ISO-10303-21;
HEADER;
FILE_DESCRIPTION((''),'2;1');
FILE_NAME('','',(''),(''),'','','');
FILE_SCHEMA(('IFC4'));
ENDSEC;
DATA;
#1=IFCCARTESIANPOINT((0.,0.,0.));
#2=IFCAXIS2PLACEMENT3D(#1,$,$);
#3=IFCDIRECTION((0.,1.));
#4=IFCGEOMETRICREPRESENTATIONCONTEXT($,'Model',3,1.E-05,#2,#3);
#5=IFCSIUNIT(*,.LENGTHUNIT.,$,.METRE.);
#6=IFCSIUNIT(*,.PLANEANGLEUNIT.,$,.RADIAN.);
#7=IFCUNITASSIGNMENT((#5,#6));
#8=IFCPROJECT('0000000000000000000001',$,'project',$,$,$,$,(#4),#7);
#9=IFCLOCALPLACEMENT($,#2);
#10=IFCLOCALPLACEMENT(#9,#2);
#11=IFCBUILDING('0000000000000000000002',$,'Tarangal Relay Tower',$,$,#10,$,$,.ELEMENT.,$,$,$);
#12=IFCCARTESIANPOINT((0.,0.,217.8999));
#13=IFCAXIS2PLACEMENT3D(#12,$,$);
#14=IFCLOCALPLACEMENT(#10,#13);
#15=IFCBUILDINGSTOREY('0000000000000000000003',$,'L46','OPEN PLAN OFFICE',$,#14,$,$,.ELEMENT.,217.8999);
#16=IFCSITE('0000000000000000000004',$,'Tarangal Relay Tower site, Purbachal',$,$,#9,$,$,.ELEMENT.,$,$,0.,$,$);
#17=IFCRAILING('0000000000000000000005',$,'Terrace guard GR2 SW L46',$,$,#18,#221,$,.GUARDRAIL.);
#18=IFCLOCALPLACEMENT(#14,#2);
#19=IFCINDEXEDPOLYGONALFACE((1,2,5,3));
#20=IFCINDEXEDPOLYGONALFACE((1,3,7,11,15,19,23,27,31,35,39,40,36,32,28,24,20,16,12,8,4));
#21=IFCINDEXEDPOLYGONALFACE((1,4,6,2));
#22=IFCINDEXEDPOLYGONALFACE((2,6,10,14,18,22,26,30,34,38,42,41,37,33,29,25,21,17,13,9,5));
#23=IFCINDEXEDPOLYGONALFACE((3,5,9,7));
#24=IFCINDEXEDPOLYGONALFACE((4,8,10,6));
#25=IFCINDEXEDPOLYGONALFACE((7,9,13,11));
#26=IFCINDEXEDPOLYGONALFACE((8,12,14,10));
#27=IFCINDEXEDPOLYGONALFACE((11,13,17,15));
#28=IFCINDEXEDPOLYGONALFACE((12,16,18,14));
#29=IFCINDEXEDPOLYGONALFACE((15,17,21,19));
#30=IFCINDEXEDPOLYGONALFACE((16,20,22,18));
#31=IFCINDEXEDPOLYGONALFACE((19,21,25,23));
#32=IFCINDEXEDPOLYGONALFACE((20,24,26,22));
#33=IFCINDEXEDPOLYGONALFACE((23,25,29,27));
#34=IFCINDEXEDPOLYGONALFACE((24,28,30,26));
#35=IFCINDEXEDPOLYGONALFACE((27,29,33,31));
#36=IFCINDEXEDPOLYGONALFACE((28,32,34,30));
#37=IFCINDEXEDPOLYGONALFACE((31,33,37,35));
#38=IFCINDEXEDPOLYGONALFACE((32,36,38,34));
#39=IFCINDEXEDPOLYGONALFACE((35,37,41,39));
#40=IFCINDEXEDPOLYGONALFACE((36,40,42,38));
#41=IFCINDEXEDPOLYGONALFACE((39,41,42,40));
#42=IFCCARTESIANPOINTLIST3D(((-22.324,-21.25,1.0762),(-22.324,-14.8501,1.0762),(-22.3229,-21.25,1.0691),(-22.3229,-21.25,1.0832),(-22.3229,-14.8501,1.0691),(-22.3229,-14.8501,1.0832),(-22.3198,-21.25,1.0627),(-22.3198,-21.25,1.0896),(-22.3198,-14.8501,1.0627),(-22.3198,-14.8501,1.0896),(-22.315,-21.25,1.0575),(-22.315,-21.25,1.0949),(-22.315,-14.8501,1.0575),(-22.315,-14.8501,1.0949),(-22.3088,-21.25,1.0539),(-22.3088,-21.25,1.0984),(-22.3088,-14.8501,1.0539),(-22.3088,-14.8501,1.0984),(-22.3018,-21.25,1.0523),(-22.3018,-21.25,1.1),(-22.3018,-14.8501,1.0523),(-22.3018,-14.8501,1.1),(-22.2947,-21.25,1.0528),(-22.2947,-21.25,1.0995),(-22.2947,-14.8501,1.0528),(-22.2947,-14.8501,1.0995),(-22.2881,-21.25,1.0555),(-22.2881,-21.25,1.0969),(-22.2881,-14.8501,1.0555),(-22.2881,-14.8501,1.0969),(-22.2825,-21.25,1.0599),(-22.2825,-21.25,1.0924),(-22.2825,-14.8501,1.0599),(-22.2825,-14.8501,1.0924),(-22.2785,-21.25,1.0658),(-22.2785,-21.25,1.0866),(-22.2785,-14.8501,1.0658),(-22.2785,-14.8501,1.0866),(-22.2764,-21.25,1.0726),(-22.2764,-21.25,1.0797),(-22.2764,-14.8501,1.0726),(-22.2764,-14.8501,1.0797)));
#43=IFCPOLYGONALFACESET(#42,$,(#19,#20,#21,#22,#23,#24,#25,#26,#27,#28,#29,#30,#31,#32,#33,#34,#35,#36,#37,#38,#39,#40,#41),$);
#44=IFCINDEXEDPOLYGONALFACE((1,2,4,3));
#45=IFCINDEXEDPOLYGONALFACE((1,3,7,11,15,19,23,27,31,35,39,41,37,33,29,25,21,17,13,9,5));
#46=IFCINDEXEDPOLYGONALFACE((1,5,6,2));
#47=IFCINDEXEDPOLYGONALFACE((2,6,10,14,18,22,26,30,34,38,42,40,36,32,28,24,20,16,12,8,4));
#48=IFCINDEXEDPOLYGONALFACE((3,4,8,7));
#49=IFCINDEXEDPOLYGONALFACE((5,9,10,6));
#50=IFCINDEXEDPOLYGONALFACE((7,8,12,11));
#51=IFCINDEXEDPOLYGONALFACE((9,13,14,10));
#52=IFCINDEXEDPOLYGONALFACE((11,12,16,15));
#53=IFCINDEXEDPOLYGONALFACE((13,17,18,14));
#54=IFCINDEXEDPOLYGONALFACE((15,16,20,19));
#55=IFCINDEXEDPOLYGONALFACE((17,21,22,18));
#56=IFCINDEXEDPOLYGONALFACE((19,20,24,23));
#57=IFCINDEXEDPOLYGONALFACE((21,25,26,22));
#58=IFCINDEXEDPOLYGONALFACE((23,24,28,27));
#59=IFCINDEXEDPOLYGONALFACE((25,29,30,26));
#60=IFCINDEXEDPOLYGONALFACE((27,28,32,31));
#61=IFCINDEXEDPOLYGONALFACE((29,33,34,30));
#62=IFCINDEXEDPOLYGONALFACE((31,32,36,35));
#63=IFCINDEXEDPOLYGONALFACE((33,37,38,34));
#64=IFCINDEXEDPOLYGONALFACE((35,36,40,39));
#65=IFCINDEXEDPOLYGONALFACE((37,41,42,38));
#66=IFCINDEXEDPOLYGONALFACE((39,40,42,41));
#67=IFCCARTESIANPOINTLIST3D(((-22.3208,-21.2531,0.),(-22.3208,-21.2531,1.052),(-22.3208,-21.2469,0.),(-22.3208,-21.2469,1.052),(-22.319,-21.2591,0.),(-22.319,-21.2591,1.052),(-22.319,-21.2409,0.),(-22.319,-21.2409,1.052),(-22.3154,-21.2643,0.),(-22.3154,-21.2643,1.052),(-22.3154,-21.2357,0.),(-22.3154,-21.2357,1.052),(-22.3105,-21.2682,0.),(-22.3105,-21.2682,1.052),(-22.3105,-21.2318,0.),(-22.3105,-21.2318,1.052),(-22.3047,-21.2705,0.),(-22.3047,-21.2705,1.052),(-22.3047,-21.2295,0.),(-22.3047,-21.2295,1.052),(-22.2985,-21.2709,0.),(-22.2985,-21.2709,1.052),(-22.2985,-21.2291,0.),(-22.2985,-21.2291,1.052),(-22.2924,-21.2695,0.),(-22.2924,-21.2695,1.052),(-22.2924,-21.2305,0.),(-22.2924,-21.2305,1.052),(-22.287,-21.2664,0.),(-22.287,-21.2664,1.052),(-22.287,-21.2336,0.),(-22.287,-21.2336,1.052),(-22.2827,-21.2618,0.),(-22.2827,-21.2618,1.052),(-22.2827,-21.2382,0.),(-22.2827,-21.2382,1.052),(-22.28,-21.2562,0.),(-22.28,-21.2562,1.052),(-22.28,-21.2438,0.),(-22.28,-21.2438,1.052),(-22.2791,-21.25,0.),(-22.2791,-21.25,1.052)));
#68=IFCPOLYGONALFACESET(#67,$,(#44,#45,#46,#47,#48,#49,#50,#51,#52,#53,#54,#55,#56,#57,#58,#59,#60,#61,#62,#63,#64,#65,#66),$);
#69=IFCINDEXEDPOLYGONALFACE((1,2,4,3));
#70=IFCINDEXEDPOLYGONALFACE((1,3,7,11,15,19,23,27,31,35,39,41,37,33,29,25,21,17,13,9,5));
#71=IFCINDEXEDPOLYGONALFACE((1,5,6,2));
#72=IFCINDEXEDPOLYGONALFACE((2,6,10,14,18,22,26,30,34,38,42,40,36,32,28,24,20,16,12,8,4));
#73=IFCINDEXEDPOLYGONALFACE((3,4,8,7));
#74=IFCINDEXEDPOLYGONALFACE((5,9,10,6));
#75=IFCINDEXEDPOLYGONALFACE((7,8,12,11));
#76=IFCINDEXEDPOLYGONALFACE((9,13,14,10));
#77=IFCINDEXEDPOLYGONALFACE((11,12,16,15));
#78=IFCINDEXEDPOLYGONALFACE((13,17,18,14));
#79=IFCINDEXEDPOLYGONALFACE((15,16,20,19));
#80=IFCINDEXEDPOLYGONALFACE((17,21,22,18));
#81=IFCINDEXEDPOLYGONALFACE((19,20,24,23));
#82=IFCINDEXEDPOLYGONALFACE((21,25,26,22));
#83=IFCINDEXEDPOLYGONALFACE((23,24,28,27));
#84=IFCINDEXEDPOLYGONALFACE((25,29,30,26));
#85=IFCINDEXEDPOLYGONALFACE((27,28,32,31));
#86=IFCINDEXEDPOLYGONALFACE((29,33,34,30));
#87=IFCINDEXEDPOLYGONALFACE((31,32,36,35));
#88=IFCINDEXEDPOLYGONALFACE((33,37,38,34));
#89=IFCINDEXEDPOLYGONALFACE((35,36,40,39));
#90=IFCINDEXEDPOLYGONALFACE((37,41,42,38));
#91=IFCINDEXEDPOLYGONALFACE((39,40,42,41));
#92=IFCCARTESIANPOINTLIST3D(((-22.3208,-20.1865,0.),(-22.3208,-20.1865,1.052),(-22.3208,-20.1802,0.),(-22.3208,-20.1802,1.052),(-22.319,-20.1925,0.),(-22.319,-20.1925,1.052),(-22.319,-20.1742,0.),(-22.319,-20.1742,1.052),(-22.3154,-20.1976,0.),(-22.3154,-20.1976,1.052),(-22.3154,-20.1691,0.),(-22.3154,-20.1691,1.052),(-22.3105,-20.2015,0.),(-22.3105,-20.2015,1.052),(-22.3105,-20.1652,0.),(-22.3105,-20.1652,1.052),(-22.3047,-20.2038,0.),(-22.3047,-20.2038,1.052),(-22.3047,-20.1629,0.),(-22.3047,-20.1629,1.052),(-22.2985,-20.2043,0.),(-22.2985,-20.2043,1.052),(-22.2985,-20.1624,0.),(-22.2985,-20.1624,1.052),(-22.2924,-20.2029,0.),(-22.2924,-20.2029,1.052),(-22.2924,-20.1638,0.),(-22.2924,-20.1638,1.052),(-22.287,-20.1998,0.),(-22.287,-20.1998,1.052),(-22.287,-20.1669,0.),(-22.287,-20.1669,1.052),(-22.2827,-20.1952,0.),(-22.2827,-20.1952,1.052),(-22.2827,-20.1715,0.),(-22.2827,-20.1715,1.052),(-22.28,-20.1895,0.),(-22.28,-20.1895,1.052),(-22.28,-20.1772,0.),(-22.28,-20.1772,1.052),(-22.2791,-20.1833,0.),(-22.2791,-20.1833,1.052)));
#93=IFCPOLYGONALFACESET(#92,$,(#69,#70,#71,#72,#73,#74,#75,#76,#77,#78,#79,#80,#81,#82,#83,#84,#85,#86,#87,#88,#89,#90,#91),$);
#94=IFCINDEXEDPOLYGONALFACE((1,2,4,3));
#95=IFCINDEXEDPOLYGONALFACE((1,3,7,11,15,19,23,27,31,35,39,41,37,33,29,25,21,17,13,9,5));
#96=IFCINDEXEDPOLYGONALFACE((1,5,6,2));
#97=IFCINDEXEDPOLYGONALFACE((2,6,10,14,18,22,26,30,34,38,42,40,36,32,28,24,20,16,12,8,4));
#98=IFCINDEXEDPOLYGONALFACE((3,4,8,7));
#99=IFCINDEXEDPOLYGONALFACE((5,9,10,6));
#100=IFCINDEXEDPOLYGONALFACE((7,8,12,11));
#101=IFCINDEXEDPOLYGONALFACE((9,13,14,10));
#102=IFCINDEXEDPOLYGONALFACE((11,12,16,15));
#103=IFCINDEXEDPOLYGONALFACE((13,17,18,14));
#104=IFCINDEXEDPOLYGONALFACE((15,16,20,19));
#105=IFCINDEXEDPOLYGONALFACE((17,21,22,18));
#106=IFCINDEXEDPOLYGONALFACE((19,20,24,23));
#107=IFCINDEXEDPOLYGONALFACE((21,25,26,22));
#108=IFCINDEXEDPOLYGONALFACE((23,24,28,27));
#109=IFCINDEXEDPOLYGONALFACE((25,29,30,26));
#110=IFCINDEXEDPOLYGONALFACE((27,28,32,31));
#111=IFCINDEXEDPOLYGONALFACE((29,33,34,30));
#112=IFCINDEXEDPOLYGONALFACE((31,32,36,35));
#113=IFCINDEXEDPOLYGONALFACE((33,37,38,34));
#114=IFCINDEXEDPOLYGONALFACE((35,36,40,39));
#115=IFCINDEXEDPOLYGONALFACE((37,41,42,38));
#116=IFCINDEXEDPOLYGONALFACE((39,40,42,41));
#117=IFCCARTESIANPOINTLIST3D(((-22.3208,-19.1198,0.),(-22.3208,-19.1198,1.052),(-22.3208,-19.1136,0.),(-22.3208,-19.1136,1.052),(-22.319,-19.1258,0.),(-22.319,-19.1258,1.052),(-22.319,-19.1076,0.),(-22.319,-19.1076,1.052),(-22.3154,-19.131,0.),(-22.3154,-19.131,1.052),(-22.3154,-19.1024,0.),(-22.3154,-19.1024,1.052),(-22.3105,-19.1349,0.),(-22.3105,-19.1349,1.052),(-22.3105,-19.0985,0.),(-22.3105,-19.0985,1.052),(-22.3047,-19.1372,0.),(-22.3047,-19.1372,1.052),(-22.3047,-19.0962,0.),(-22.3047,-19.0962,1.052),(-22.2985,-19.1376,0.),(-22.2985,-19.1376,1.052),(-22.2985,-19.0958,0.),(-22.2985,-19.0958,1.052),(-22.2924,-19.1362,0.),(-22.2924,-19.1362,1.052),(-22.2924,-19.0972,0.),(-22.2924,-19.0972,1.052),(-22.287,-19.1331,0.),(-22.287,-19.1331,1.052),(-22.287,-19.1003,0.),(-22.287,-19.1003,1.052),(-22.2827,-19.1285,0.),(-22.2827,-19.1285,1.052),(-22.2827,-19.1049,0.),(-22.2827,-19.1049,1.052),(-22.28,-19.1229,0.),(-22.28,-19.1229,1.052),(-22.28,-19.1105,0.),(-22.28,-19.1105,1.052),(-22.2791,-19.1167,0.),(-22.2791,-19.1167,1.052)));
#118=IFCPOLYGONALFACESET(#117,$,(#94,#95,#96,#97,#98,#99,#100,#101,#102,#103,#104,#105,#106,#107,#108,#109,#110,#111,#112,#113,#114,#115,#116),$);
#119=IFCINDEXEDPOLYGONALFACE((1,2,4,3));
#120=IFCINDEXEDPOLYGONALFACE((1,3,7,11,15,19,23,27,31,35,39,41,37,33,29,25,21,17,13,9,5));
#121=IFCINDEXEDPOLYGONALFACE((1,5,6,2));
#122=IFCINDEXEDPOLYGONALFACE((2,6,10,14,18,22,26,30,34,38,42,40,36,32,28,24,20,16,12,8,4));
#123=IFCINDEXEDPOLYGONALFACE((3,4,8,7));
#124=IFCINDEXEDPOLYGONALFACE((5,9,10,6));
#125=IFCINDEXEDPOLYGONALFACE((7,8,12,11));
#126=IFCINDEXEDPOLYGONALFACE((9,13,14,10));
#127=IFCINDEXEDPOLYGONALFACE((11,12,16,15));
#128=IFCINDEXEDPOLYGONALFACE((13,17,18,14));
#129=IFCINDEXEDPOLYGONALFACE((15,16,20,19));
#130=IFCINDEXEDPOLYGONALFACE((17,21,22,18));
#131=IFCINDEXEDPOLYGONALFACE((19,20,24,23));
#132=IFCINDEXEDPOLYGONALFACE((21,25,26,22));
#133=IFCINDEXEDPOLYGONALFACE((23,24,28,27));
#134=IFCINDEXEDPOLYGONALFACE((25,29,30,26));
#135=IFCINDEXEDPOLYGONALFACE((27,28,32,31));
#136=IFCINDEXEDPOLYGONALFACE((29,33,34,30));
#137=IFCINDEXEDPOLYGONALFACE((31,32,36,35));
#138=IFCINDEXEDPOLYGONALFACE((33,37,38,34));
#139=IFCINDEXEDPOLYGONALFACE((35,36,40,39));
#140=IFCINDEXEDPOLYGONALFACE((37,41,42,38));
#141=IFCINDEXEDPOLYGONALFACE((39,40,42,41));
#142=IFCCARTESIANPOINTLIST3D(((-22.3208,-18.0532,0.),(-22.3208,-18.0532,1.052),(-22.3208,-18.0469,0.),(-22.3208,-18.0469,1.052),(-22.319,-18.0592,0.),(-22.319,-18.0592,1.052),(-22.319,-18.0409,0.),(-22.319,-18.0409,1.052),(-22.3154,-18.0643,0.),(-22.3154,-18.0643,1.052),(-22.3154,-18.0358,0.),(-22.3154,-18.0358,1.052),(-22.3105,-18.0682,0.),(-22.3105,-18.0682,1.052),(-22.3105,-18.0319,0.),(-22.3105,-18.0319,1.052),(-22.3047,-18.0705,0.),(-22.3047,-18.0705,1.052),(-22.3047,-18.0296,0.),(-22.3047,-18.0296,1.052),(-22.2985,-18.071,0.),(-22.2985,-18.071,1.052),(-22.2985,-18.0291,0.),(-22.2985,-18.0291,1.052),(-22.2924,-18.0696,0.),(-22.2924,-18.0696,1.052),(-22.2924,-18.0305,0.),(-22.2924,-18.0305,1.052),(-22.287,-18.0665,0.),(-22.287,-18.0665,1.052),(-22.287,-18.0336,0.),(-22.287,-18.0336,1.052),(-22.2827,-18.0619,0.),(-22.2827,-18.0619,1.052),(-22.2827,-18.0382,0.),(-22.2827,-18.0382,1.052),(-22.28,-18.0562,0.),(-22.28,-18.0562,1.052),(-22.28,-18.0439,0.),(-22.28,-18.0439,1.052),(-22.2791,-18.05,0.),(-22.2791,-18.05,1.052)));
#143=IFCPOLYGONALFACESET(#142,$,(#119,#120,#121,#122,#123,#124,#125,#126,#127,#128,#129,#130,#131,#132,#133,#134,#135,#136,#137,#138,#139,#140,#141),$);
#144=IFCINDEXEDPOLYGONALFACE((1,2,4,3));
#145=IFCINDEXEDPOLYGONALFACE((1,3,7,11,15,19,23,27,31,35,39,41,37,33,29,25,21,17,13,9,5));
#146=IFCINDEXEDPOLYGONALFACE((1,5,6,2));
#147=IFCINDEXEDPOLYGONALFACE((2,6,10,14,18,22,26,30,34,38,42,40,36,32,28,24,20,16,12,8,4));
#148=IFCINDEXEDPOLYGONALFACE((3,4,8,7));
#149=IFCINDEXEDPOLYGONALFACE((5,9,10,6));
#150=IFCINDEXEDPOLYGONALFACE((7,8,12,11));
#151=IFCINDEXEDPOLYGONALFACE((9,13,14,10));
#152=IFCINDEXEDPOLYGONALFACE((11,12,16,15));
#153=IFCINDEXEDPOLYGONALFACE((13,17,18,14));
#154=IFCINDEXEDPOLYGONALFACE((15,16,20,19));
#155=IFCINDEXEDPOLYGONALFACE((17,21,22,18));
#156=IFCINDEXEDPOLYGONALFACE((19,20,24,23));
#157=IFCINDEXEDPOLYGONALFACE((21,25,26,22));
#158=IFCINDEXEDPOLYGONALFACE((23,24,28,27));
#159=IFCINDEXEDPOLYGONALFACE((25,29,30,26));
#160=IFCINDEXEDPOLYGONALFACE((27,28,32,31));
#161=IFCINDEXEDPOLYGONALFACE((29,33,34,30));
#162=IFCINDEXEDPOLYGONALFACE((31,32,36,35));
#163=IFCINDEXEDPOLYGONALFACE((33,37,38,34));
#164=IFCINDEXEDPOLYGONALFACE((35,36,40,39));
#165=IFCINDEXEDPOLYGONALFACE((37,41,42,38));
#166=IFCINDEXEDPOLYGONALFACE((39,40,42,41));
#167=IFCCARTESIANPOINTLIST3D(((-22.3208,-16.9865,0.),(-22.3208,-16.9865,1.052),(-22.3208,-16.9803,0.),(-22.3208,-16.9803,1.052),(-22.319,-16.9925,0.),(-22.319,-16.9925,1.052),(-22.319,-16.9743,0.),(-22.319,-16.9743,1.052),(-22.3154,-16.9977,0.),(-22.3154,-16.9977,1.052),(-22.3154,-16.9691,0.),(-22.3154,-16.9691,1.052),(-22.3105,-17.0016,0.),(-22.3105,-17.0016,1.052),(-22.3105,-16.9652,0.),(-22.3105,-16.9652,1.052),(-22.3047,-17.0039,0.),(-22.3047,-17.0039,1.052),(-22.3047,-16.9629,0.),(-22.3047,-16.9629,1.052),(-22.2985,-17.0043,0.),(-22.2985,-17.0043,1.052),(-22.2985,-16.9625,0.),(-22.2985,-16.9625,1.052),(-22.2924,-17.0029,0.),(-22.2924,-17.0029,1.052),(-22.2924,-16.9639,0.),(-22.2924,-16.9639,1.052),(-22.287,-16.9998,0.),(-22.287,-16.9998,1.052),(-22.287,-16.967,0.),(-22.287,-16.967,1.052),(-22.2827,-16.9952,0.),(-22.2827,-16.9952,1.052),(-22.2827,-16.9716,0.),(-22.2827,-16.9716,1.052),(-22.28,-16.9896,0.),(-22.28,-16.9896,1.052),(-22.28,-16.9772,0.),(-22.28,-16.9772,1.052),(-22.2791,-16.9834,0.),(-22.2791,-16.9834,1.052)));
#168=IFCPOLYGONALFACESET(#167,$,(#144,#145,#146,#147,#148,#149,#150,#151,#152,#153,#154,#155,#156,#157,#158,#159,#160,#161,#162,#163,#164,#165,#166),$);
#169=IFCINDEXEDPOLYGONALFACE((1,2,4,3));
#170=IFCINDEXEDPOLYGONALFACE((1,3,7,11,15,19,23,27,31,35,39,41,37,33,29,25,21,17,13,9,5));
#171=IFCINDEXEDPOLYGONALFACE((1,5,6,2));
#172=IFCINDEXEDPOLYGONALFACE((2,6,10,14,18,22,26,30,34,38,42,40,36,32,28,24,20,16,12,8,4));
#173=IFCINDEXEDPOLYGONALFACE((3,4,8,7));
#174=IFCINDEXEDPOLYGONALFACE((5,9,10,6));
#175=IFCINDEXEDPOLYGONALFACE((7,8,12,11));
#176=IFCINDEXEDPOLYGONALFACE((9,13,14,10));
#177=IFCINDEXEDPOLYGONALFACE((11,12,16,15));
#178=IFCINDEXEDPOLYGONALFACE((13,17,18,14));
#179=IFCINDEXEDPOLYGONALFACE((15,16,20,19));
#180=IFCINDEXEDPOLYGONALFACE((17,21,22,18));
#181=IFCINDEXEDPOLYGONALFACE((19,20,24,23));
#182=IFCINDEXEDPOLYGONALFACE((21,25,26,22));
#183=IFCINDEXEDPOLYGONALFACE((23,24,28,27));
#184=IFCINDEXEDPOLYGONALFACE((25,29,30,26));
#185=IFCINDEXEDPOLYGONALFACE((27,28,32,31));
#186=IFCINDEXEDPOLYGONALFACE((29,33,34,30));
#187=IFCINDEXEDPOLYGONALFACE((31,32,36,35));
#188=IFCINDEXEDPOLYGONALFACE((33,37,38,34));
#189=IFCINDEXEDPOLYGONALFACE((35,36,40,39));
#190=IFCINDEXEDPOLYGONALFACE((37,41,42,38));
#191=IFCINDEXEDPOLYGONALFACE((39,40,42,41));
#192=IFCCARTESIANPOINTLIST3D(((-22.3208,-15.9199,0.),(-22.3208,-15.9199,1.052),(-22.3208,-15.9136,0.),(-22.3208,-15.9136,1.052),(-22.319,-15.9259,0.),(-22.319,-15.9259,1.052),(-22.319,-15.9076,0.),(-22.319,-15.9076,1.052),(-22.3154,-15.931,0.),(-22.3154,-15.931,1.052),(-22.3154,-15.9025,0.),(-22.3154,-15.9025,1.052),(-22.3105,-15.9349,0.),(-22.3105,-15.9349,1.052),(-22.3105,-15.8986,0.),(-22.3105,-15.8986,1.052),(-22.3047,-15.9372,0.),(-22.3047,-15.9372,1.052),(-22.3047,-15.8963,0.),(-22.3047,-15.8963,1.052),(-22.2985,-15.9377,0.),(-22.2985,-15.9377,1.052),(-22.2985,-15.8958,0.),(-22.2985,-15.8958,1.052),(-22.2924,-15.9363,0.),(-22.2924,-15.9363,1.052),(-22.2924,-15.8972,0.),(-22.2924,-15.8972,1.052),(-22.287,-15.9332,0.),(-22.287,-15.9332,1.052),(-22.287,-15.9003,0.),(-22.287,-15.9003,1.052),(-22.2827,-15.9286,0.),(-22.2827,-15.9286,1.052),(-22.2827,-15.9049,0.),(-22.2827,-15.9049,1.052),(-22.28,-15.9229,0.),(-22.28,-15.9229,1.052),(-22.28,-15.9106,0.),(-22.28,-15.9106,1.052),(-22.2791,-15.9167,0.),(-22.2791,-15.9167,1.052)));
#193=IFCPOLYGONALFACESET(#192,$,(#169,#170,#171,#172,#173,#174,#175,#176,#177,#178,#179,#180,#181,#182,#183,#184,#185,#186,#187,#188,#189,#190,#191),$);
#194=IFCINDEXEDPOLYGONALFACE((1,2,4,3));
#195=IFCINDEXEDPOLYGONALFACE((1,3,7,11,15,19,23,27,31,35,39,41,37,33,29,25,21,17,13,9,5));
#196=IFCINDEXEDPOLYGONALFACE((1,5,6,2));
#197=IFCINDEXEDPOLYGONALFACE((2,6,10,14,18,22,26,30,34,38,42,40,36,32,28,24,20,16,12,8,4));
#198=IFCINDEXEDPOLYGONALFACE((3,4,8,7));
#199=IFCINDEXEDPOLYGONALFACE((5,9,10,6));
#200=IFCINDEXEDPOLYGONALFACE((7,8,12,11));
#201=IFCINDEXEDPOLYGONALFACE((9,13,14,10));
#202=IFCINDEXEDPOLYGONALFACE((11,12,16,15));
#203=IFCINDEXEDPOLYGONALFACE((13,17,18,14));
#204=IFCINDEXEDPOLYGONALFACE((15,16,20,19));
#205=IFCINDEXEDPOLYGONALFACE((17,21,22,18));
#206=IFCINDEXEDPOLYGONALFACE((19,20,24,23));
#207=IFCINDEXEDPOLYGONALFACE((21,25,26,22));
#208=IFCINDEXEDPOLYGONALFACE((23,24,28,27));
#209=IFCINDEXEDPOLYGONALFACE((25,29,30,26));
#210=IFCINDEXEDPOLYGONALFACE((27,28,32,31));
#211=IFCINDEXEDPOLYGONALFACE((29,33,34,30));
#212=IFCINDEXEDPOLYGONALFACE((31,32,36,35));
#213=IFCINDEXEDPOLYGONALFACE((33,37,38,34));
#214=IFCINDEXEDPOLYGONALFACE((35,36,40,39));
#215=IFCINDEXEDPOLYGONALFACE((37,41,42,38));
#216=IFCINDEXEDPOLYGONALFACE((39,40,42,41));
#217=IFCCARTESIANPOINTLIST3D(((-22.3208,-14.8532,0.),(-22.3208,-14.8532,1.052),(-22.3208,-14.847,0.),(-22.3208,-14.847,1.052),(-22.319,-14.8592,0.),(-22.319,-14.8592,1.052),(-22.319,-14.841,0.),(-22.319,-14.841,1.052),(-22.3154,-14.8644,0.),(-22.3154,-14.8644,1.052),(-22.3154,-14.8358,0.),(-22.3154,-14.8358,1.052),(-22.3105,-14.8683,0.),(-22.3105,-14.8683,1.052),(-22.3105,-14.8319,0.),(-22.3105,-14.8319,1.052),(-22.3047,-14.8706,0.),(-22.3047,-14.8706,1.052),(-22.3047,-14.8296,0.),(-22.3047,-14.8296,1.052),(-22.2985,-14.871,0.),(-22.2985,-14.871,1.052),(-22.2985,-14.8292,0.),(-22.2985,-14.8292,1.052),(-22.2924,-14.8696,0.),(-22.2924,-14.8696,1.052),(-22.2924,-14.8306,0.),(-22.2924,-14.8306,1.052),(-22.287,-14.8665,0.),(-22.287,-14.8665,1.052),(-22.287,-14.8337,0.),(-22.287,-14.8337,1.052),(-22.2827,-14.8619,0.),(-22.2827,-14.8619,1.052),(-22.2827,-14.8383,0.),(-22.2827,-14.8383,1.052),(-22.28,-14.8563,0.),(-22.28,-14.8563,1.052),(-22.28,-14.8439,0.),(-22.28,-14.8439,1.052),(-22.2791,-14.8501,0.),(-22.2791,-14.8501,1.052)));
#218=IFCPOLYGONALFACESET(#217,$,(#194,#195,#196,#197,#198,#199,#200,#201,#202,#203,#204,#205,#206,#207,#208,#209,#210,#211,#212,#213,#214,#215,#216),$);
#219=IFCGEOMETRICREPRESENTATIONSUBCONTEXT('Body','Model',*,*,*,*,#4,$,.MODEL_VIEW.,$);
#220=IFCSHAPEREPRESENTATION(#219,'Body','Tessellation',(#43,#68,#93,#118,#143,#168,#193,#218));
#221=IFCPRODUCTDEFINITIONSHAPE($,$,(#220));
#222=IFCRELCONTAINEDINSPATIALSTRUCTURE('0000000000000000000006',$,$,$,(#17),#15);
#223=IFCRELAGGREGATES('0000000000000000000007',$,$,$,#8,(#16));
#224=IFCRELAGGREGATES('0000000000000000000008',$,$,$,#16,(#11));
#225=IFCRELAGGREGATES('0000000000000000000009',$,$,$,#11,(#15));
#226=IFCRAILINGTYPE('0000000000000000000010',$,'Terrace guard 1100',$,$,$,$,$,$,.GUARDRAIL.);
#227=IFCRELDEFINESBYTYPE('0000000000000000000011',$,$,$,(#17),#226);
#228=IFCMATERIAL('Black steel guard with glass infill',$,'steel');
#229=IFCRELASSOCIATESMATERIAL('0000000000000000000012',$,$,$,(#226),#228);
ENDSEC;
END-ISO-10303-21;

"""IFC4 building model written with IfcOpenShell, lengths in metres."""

from ifc_helpers import new_model, si_unit, direction, frame, origin, origin_2d, place, context, subcontext, project, spatial, circle, extrude, material, type_object, element, save


model = new_model("IFC4")

# Units and contexts
model_context = context("Model", 3, precision=1e-05, world=origin(), true_north=direction((0.0, 1.0)))
body_context = subcontext(model_context, "Body", "Model", "MODEL_VIEW")
ifc_project = project(units=[si_unit("LENGTHUNIT", "METRE"), si_unit("PLANEANGLEUNIT", "RADIAN")], contexts=[model_context])

# Site, building, storey
site_placement = place(None, origin())
site = spatial("IfcSite", under=ifc_project, at=site_placement, Name="Tarangal Relay Tower site, Purbachal", CompositionType="ELEMENT", RefElevation=0.0)
building_placement = place(site_placement, origin())
building = spatial("IfcBuilding", under=site, at=building_placement, Name="Tarangal Relay Tower", CompositionType="ELEMENT")
storey_placement = place(building_placement, frame((0.0, 0.0, 217.8999)))
storey = spatial("IfcBuildingStorey", under=building, at=storey_placement, Name="L46", Description="OPEN PLAN OFFICE", CompositionType="ELEMENT", Elevation=217.8999)

# Railing
ifc_material_1 = material(Name="Black steel guard with glass infill", Category="steel")
railing_type = type_object("IfcRailingType", Name="Terrace guard 1100", PredefinedType="GUARDRAIL", material=ifc_material_1)
railing_1_placement = place(storey_placement, frame((-22.3, -21.25, 0.0)))
element("IfcRailing", 1, at=railing_1_placement, inside=storey, type_object=railing_type, Name="Terrace guard GR2 SW L46", PredefinedType="GUARDRAIL", context=body_context, shape_type="SweptSolid", body=[
    extrude(circle(Radius=0.0239, at=origin_2d()), frame((0.0, 0.0, 1.0762), z_axis=(0.0, 1.0, 0.0), x_axis=(-1.0, 0.0, 0.0)), (0.0, 0.0, 1.0), 6.3999),
    extrude(circle(Radius=0.021, at=origin_2d()), origin(), (0.0, 0.0, 1.0), 1.052),
    extrude(circle(Radius=0.021, at=origin_2d()), frame((0.0, 1.0667, 0.0)), (0.0, 0.0, 1.0), 1.052),
    extrude(circle(Radius=0.021, at=origin_2d()), frame((0.0, 2.1333, 0.0)), (0.0, 0.0, 1.0), 1.052),
    extrude(circle(Radius=0.021, at=origin_2d()), frame((0.0, 3.2, 0.0)), (0.0, 0.0, 1.0), 1.052),
    extrude(circle(Radius=0.021, at=origin_2d()), frame((0.0, 4.2666, 0.0)), (0.0, 0.0, 1.0), 1.052),
    extrude(circle(Radius=0.021, at=origin_2d()), frame((0.0, 5.3333, 0.0)), (0.0, 0.0, 1.0), 1.052),
    extrude(circle(Radius=0.021, at=origin_2d()), frame((0.0, 6.3999, 0.0)), (0.0, 0.0, 1.0), 1.052),
])

save(model, "model.ifc")
